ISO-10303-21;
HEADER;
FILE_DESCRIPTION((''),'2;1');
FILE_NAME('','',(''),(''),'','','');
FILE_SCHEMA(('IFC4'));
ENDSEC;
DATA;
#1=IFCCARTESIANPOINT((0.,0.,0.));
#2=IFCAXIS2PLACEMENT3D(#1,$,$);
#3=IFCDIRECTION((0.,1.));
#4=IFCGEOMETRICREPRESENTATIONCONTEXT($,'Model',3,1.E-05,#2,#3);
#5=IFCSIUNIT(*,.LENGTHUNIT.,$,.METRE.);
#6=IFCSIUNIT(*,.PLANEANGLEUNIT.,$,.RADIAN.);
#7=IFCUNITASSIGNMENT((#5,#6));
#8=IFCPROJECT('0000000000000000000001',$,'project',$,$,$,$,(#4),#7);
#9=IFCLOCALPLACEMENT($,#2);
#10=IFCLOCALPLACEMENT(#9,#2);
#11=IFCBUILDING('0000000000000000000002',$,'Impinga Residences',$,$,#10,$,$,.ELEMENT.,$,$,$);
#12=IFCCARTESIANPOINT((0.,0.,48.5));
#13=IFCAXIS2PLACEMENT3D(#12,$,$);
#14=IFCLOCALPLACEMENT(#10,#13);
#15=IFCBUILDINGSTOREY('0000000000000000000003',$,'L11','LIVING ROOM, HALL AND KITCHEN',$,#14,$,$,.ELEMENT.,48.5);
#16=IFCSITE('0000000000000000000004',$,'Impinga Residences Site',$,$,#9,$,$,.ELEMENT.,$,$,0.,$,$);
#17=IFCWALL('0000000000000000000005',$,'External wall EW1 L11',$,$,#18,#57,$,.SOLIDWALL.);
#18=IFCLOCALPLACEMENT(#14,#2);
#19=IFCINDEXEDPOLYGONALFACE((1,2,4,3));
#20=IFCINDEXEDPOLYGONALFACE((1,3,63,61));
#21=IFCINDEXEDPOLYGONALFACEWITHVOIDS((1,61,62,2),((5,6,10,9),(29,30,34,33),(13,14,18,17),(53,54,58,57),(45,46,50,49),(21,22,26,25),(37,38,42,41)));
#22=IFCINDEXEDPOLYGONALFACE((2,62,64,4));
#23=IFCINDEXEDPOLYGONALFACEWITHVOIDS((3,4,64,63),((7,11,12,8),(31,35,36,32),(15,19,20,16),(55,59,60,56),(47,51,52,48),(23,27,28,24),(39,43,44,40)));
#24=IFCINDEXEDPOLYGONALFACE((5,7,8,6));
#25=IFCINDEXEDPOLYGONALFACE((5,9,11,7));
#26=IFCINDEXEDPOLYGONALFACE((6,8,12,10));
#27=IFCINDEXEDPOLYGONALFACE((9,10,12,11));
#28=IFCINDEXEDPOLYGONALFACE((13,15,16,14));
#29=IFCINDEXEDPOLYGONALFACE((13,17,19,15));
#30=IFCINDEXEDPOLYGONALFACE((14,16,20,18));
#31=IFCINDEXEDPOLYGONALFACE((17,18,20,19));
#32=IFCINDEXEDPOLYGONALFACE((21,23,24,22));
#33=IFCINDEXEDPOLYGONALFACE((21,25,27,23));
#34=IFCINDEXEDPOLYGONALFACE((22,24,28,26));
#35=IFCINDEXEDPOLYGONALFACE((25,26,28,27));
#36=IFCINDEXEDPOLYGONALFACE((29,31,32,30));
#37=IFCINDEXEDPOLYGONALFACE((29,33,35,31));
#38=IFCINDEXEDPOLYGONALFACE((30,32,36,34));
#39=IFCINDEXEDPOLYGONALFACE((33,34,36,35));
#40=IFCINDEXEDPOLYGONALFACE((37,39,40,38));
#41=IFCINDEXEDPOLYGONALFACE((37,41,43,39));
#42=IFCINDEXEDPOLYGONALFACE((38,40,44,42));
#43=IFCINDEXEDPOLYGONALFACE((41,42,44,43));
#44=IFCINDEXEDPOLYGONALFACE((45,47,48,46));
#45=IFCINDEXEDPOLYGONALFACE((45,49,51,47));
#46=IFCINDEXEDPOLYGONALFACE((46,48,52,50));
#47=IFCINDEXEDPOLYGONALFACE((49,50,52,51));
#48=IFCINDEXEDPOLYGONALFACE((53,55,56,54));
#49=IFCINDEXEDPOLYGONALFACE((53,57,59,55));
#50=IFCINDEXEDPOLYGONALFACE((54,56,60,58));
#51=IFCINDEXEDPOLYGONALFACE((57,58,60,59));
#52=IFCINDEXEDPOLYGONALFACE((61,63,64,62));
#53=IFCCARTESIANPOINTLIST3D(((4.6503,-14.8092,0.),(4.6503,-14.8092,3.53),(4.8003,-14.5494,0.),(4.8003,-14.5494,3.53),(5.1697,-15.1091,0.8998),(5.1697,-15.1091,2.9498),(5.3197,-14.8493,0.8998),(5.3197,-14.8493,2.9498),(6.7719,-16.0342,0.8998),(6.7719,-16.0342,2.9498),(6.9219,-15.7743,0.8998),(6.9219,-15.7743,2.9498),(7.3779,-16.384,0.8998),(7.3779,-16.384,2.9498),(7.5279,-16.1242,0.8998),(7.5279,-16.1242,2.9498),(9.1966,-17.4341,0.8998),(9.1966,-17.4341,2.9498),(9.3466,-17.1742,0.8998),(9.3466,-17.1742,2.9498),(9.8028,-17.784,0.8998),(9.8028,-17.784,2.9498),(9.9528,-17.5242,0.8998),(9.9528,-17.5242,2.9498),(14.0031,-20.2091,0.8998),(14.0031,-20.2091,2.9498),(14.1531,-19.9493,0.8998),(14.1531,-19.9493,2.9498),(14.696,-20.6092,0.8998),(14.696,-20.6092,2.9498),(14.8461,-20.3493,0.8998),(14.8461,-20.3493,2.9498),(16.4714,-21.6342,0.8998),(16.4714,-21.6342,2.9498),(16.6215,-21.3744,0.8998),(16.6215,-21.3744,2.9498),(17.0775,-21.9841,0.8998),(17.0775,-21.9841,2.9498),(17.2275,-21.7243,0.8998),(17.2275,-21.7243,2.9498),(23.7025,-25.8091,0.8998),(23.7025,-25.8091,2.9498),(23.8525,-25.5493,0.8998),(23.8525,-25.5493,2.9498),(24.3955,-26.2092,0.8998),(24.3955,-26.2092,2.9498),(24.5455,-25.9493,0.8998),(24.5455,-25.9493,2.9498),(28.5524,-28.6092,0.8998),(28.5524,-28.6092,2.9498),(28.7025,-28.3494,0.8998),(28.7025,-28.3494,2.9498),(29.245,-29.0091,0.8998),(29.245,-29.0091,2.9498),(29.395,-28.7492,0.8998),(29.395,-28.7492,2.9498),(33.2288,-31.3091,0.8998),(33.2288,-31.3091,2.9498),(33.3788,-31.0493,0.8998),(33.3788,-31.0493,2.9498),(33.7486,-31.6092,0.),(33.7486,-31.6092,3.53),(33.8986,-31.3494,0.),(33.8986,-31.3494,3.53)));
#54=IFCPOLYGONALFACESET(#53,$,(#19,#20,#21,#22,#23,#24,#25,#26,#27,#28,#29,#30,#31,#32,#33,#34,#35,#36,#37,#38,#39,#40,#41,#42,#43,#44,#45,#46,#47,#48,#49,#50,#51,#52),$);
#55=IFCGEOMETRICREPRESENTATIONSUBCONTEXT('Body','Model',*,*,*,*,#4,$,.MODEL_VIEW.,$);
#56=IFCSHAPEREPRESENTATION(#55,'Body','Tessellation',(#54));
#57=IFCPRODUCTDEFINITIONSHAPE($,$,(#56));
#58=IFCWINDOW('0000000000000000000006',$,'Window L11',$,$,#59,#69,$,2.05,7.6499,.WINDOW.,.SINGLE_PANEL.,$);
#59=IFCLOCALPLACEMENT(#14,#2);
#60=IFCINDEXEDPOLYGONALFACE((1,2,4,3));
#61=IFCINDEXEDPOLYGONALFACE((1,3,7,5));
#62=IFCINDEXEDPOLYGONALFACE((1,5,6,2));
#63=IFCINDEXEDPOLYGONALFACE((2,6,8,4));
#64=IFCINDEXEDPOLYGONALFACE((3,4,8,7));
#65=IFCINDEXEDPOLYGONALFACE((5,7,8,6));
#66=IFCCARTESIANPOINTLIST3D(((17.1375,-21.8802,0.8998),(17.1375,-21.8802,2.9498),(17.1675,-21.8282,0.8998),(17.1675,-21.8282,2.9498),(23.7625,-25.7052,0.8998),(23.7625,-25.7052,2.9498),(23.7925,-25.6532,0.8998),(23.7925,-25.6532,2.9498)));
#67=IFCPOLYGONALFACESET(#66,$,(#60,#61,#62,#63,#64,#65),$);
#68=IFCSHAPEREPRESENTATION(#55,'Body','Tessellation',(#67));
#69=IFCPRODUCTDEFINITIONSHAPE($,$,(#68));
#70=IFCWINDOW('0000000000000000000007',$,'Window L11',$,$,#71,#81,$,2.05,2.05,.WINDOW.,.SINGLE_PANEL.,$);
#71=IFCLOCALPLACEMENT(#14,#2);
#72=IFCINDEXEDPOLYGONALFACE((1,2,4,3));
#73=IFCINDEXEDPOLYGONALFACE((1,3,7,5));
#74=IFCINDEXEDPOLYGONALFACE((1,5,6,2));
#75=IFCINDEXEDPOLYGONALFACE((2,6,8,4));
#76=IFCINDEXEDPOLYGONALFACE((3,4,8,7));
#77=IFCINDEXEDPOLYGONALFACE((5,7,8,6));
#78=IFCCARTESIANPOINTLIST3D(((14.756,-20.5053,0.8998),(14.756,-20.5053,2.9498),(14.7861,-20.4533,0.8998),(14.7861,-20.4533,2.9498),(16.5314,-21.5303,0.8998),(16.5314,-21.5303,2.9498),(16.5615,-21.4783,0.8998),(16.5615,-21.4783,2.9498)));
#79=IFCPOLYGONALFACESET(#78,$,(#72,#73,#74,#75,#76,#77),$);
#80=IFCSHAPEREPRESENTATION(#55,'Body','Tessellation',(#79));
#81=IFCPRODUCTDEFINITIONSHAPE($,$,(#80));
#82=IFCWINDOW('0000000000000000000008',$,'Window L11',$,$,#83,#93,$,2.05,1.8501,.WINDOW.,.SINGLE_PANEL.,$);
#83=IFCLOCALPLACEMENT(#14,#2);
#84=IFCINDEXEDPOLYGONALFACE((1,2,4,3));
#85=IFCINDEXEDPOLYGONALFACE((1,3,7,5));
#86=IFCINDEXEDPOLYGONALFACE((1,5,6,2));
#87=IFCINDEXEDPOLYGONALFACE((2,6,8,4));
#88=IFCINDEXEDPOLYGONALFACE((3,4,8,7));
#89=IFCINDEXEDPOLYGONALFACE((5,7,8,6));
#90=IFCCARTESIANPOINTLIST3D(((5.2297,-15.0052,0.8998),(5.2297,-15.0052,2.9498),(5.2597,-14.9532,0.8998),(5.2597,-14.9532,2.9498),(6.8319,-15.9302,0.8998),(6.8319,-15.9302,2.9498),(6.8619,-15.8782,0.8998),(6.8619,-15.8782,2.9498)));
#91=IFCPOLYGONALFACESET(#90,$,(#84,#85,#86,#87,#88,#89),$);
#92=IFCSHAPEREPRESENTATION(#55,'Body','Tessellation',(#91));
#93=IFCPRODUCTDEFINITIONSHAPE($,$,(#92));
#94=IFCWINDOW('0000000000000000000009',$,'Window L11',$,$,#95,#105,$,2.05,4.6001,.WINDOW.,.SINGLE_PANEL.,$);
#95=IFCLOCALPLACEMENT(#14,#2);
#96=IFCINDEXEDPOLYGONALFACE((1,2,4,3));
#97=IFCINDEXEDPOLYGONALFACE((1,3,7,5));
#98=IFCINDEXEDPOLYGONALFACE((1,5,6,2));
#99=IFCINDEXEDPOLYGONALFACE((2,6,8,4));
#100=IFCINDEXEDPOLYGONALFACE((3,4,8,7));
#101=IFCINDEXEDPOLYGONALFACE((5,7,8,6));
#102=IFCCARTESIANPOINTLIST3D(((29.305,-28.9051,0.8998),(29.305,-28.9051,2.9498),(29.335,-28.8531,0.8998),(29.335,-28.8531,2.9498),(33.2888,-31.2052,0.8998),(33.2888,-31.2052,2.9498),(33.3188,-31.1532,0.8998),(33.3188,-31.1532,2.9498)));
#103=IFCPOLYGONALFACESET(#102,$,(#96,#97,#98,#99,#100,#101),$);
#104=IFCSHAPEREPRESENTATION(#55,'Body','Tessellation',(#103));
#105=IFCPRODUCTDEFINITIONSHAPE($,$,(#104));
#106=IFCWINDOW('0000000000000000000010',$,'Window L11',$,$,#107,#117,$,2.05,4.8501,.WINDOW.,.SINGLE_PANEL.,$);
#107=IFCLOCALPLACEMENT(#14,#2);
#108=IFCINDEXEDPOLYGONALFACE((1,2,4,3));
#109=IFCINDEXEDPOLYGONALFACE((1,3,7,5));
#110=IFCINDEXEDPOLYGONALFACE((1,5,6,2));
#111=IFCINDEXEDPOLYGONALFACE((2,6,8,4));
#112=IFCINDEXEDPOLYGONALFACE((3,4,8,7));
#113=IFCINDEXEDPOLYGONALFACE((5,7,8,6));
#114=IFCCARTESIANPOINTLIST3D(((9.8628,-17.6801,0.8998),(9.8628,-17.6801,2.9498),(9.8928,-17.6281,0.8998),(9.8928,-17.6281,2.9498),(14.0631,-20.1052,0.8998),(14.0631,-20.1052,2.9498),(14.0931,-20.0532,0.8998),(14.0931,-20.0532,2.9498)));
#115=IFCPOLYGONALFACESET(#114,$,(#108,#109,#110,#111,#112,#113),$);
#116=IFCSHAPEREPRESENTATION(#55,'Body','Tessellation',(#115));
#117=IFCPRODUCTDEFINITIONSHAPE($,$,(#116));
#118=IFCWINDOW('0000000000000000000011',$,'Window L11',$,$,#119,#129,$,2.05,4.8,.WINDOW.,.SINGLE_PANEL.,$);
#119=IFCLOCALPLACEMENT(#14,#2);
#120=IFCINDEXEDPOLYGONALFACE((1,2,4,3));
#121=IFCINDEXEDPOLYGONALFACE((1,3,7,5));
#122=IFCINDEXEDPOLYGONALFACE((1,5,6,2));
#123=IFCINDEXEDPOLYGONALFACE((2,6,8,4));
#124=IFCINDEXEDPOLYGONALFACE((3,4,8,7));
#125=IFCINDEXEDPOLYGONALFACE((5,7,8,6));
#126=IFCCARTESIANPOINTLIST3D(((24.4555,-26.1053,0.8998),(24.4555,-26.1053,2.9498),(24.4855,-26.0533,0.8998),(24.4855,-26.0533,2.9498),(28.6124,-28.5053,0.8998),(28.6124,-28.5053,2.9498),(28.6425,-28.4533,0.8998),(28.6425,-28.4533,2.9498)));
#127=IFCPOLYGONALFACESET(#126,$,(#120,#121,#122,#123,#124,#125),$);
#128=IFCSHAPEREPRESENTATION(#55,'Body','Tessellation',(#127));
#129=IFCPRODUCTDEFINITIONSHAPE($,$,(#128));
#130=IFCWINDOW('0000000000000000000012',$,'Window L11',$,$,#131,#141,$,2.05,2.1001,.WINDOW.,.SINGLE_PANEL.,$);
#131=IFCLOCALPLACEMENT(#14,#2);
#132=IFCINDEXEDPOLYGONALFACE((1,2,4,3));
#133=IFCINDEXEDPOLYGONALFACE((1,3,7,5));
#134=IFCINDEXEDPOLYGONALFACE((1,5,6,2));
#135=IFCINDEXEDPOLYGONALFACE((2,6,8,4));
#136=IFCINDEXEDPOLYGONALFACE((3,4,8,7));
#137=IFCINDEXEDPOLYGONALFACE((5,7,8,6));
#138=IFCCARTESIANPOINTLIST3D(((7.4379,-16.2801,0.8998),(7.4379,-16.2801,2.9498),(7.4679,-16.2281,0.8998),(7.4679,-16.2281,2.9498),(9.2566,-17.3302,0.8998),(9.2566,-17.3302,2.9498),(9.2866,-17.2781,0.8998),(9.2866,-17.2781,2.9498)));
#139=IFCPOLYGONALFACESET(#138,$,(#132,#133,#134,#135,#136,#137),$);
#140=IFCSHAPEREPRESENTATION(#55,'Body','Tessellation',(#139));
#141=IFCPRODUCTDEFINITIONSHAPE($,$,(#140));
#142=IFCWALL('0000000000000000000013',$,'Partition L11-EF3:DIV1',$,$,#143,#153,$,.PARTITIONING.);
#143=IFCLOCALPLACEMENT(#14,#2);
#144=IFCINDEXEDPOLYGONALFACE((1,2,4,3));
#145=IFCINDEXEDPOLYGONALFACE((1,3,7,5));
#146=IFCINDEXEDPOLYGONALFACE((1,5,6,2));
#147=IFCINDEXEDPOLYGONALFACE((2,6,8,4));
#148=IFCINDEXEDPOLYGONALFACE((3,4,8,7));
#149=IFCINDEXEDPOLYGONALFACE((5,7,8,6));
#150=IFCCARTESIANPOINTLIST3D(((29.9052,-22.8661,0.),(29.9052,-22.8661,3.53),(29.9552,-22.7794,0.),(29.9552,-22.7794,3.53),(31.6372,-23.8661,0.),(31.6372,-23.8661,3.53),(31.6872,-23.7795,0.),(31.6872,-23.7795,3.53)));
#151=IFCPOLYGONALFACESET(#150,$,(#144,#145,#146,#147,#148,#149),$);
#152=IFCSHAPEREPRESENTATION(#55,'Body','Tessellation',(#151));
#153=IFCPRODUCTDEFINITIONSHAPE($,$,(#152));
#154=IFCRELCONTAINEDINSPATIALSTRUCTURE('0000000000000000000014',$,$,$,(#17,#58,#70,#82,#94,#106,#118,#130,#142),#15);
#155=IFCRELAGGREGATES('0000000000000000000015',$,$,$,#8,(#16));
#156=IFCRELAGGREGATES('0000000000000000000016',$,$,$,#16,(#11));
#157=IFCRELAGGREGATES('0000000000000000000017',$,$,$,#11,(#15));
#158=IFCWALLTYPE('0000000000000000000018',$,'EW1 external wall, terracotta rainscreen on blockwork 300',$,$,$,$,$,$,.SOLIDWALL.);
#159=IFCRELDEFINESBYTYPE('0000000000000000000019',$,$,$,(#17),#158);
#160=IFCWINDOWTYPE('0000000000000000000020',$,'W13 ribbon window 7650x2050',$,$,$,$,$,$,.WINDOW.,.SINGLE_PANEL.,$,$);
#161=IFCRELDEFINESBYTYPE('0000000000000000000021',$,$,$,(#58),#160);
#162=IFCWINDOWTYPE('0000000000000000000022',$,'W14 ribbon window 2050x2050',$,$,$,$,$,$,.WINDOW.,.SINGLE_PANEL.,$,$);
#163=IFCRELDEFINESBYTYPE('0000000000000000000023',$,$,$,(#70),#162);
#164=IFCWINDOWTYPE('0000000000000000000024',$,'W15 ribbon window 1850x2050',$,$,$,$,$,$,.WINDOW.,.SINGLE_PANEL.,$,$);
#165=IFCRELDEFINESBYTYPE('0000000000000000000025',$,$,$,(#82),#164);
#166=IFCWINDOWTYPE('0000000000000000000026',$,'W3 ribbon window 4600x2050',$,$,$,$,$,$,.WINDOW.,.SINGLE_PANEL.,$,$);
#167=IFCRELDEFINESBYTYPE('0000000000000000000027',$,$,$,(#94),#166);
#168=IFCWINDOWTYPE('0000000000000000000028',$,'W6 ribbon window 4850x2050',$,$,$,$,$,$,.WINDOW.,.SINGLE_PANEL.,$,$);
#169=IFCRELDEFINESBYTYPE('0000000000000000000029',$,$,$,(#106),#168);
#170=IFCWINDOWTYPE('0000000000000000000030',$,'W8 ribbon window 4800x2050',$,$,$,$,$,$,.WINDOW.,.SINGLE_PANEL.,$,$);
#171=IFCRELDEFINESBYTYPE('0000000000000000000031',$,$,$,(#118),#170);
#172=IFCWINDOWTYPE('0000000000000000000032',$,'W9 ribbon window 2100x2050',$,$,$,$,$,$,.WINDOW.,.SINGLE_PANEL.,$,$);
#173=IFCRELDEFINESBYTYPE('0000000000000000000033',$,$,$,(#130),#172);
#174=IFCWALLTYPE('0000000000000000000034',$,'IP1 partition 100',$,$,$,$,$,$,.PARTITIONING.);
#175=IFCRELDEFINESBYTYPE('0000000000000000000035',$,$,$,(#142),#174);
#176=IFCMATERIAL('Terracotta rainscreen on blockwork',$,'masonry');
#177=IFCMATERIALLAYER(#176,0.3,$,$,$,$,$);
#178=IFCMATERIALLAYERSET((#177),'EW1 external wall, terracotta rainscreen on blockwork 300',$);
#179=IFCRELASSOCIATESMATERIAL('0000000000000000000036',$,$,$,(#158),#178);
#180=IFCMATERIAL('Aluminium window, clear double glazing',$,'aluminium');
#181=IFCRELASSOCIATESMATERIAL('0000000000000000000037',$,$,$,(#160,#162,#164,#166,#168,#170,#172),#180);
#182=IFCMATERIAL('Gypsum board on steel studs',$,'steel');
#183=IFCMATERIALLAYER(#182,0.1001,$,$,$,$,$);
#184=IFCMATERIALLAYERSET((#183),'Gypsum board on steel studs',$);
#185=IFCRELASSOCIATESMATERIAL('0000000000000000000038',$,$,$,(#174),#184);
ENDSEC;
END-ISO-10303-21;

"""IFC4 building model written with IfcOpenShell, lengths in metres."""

from ifc_helpers import new_model, si_unit, direction, frame, frame_2d, origin, place, context, subcontext, project, spatial, rectangle, extrude, material, layer, layer_set, type_object, element, fill, save


model = new_model("IFC4")

# Units and contexts
model_context = context("Model", 3, precision=1e-05, world=origin(), true_north=direction((0.0, 1.0)))
body_context = subcontext(model_context, "Body", "Model", "MODEL_VIEW")
ifc_project = project(units=[si_unit("LENGTHUNIT", "METRE"), si_unit("PLANEANGLEUNIT", "RADIAN")], contexts=[model_context])

# Site, building, storey
site_placement = place(None, origin())
site = spatial("IfcSite", under=ifc_project, at=site_placement, Name="Impinga Residences Site", CompositionType="ELEMENT", RefElevation=0.0)
building_placement = place(site_placement, origin())
building = spatial("IfcBuilding", under=site, at=building_placement, Name="Impinga Residences", CompositionType="ELEMENT")
storey_placement = place(building_placement, frame((0.0, 0.0, 48.5)))
storey = spatial("IfcBuildingStorey", under=building, at=storey_placement, Name="L11", Description="LIVING ROOM, HALL AND KITCHEN", CompositionType="ELEMENT", Elevation=48.5)

# Shared definitions
ifc_material_1 = material(Name="Terracotta rainscreen on blockwork", Category="masonry")
ifc_layer_1 = layer(ifc_material_1, 0.3)
ifc_layer_set_1 = layer_set([ifc_layer_1], Name="EW1 external wall, terracotta rainscreen on blockwork 300")
wall_type_1 = type_object("IfcWallType", Name="EW1 external wall, terracotta rainscreen on blockwork 300", PredefinedType="SOLIDWALL", material=ifc_layer_set_1)

# Wall, openings, windows
wall_1_placement = place(storey_placement, frame((33.8235, -31.4792, 0.0), z_axis=(0.0, 0.0, 1.0), x_axis=(-0.866024, 0.500002, 0.0)))
wall_1 = element("IfcWall", 1, at=wall_1_placement, inside=storey, type_object=wall_type_1, Name="External wall EW1 L11", PredefinedType="SOLIDWALL", context=body_context, shape_type="SweptSolid", body=[
    extrude(rectangle(XDim=33.5999, YDim=0.3, at=frame_2d((16.7998, 0.0))), origin(), (0.0, 0.0, 1.0), 3.53),
])
opening_1_placement = place(wall_1_placement, frame((0.6001, 0.0, 0.8999)))
opening_1 = element("IfcOpeningElement", 2, at=opening_1_placement, cuts=wall_1, PredefinedType="OPENING", context=body_context, shape_type="SweptSolid", body=[
    extrude(rectangle(XDim=4.6001, YDim=2.05, at=frame_2d((2.3, 1.0249))), frame((0.0, 0.1599, 0.0), z_axis=(0.0, -1.0, 0.0), x_axis=(1.0, 0.0, 0.0)), (0.0, 0.0, 1.0), 0.3201),
])
opening_2_placement = place(wall_1_placement, frame((6.0, 0.0, 0.8999)))
opening_2 = element("IfcOpeningElement", 3, at=opening_2_placement, cuts=wall_1, PredefinedType="OPENING", context=body_context, shape_type="SweptSolid", body=[
    extrude(rectangle(XDim=4.8, YDim=2.05, at=frame_2d((2.3999, 1.0249))), frame((0.0, 0.1599, 0.0), z_axis=(0.0, -1.0, 0.0), x_axis=(1.0, 0.0, 0.0)), (0.0, 0.0, 1.0), 0.3201),
])
opening_3_placement = place(wall_1_placement, frame((11.6001, 0.0, 0.8999)))
opening_3 = element("IfcOpeningElement", 4, at=opening_3_placement, cuts=wall_1, PredefinedType="OPENING", context=body_context, shape_type="SweptSolid", body=[
    extrude(rectangle(XDim=7.6499, YDim=2.05, at=frame_2d((3.825, 1.0249))), frame((0.0, 0.1599, 0.0), z_axis=(0.0, -1.0, 0.0), x_axis=(1.0, 0.0, 0.0)), (0.0, 0.0, 1.0), 0.3201),
])
opening_4_placement = place(wall_1_placement, frame((19.95, 0.0, 0.8999)))
opening_4 = element("IfcOpeningElement", 5, at=opening_4_placement, cuts=wall_1, PredefinedType="OPENING", context=body_context, shape_type="SweptSolid", body=[
    extrude(rectangle(XDim=2.05, YDim=2.05, at=frame_2d((1.0249, 1.0249))), frame((0.0, 0.1599, 0.0), z_axis=(0.0, -1.0, 0.0), x_axis=(1.0, 0.0, 0.0)), (0.0, 0.0, 1.0), 0.3201),
])
opening_5_placement = place(wall_1_placement, frame((22.8, 0.0, 0.8999)))
opening_5 = element("IfcOpeningElement", 6, at=opening_5_placement, cuts=wall_1, PredefinedType="OPENING", context=body_context, shape_type="SweptSolid", body=[
    extrude(rectangle(XDim=4.8501, YDim=2.05, at=frame_2d((2.425, 1.0249))), frame((0.0, 0.1599, 0.0), z_axis=(0.0, -1.0, 0.0), x_axis=(1.0, 0.0, 0.0)), (0.0, 0.0, 1.0), 0.3201),
])
opening_6_placement = place(wall_1_placement, frame((28.3501, 0.0, 0.8999)))
opening_6 = element("IfcOpeningElement", 7, at=opening_6_placement, cuts=wall_1, PredefinedType="OPENING", context=body_context, shape_type="SweptSolid", body=[
    extrude(rectangle(XDim=2.1001, YDim=2.05, at=frame_2d((1.05, 1.0249))), frame((0.0, 0.1599, 0.0), z_axis=(0.0, -1.0, 0.0), x_axis=(1.0, 0.0, 0.0)), (0.0, 0.0, 1.0), 0.3201),
])
opening_7_placement = place(wall_1_placement, frame((31.1499, 0.0, 0.8999)))
opening_7 = element("IfcOpeningElement", 8, at=opening_7_placement, cuts=wall_1, PredefinedType="OPENING", context=body_context, shape_type="SweptSolid", body=[
    extrude(rectangle(XDim=1.8501, YDim=2.05, at=frame_2d((0.925, 1.0249))), frame((0.0, 0.1599, 0.0), z_axis=(0.0, -1.0, 0.0), x_axis=(1.0, 0.0, 0.0)), (0.0, 0.0, 1.0), 0.3201),
])
ifc_material_2 = material(Name="Aluminium window, clear double glazing", Category="aluminium")
window_type_1 = type_object("IfcWindowType", Name="W13 ribbon window 7650x2050", PartitioningType="SINGLE_PANEL", PredefinedType="WINDOW", material=ifc_material_2)
window_1_placement = place(opening_3_placement, origin())
window_1 = element("IfcWindow", 9, at=window_1_placement, inside=storey, type_object=window_type_1, Name="Window L11", OverallHeight=2.05, OverallWidth=7.6499, PartitioningType="SINGLE_PANEL", PredefinedType="WINDOW", context=body_context, shape_type="SweptSolid", body=[
    extrude(rectangle(XDim=7.6499, YDim=2.05, at=frame_2d((3.825, 1.0249))), frame((0.0, 0.03, 0.0), z_axis=(0.0, -1.0, 0.0), x_axis=(1.0, 0.0, 0.0)), (0.0, 0.0, 1.0), 0.0601),
])
fill(opening_3, window_1)
window_type_2 = type_object("IfcWindowType", Name="W14 ribbon window 2050x2050", PartitioningType="SINGLE_PANEL", PredefinedType="WINDOW", material=ifc_material_2)
window_2_placement = place(opening_4_placement, origin())
window_2 = element("IfcWindow", 10, at=window_2_placement, inside=storey, type_object=window_type_2, Name="Window L11", OverallHeight=2.05, OverallWidth=2.05, PartitioningType="SINGLE_PANEL", PredefinedType="WINDOW", context=body_context, shape_type="SweptSolid", body=[
    extrude(rectangle(XDim=2.05, YDim=2.05, at=frame_2d((1.0249, 1.0249))), frame((0.0, 0.03, 0.0), z_axis=(0.0, -1.0, 0.0), x_axis=(1.0, 0.0, 0.0)), (0.0, 0.0, 1.0), 0.0601),
])
fill(opening_4, window_2)
window_type_3 = type_object("IfcWindowType", Name="W15 ribbon window 1850x2050", PartitioningType="SINGLE_PANEL", PredefinedType="WINDOW", material=ifc_material_2)
window_3_placement = place(opening_7_placement, origin())
window_3 = element("IfcWindow", 11, at=window_3_placement, inside=storey, type_object=window_type_3, Name="Window L11", OverallHeight=2.05, OverallWidth=1.8501, PartitioningType="SINGLE_PANEL", PredefinedType="WINDOW", context=body_context, shape_type="SweptSolid", body=[
    extrude(rectangle(XDim=1.8501, YDim=2.05, at=frame_2d((0.925, 1.0249))), frame((0.0, 0.03, 0.0), z_axis=(0.0, -1.0, 0.0), x_axis=(1.0, 0.0, 0.0)), (0.0, 0.0, 1.0), 0.0601),
])
fill(opening_7, window_3)
window_type_4 = type_object("IfcWindowType", Name="W3 ribbon window 4600x2050", PartitioningType="SINGLE_PANEL", PredefinedType="WINDOW", material=ifc_material_2)
window_4_placement = place(opening_1_placement, origin())
window_4 = element("IfcWindow", 12, at=window_4_placement, inside=storey, type_object=window_type_4, Name="Window L11", OverallHeight=2.05, OverallWidth=4.6001, PartitioningType="SINGLE_PANEL", PredefinedType="WINDOW", context=body_context, shape_type="SweptSolid", body=[
    extrude(rectangle(XDim=4.6001, YDim=2.05, at=frame_2d((2.3, 1.0249))), frame((0.0, 0.03, 0.0), z_axis=(0.0, -1.0, 0.0), x_axis=(1.0, 0.0, 0.0)), (0.0, 0.0, 1.0), 0.0601),
])
fill(opening_1, window_4)
window_type_5 = type_object("IfcWindowType", Name="W6 ribbon window 4850x2050", PartitioningType="SINGLE_PANEL", PredefinedType="WINDOW", material=ifc_material_2)
window_5_placement = place(opening_5_placement, origin())
window_5 = element("IfcWindow", 13, at=window_5_placement, inside=storey, type_object=window_type_5, Name="Window L11", OverallHeight=2.05, OverallWidth=4.8501, PartitioningType="SINGLE_PANEL", PredefinedType="WINDOW", context=body_context, shape_type="SweptSolid", body=[
    extrude(rectangle(XDim=4.8501, YDim=2.05, at=frame_2d((2.425, 1.0249))), frame((0.0, 0.03, 0.0), z_axis=(0.0, -1.0, 0.0), x_axis=(1.0, 0.0, 0.0)), (0.0, 0.0, 1.0), 0.0601),
])
fill(opening_5, window_5)
window_type_6 = type_object("IfcWindowType", Name="W8 ribbon window 4800x2050", PartitioningType="SINGLE_PANEL", PredefinedType="WINDOW", material=ifc_material_2)
window_6_placement = place(opening_2_placement, origin())
window_6 = element("IfcWindow", 14, at=window_6_placement, inside=storey, type_object=window_type_6, Name="Window L11", OverallHeight=2.05, OverallWidth=4.8, PartitioningType="SINGLE_PANEL", PredefinedType="WINDOW", context=body_context, shape_type="SweptSolid", body=[
    extrude(rectangle(XDim=4.8, YDim=2.05, at=frame_2d((2.3999, 1.0249))), frame((0.0, 0.03, 0.0), z_axis=(0.0, -1.0, 0.0), x_axis=(1.0, 0.0, 0.0)), (0.0, 0.0, 1.0), 0.0601),
])
fill(opening_2, window_6)
window_type_7 = type_object("IfcWindowType", Name="W9 ribbon window 2100x2050", PartitioningType="SINGLE_PANEL", PredefinedType="WINDOW", material=ifc_material_2)
window_7_placement = place(opening_6_placement, origin())
window_7 = element("IfcWindow", 15, at=window_7_placement, inside=storey, type_object=window_type_7, Name="Window L11", OverallHeight=2.05, OverallWidth=2.1001, PartitioningType="SINGLE_PANEL", PredefinedType="WINDOW", context=body_context, shape_type="SweptSolid", body=[
    extrude(rectangle(XDim=2.1001, YDim=2.05, at=frame_2d((1.05, 1.0249))), frame((0.0, 0.03, 0.0), z_axis=(0.0, -1.0, 0.0), x_axis=(1.0, 0.0, 0.0)), (0.0, 0.0, 1.0), 0.0601),
])
fill(opening_6, window_7)

# Wall
ifc_material_3 = material(Name="Gypsum board on steel studs", Category="steel")
ifc_layer_2 = layer(ifc_material_3, 0.1001)
ifc_layer_set_2 = layer_set([ifc_layer_2], Name="Gypsum board on steel studs")
wall_type_2 = type_object("IfcWallType", Name="IP1 partition 100", PredefinedType="PARTITIONING", material=ifc_layer_set_2)
wall_2_placement = place(storey_placement, frame((29.9302, -22.8228, 0.0), z_axis=(0.0, 0.0, 1.0), x_axis=(0.866011, -0.500025, 0.0)))
element("IfcWall", 16, at=wall_2_placement, inside=storey, type_object=wall_type_2, Name="Partition L11-EF3:DIV1", PredefinedType="PARTITIONING", context=body_context, shape_type="SweptSolid", body=[
    extrude(rectangle(XDim=2.0, YDim=0.1001, at=frame_2d((1.0, 0.0))), origin(), (0.0, 0.0, 1.0), 3.53),
])

save(model, "model.ifc")
